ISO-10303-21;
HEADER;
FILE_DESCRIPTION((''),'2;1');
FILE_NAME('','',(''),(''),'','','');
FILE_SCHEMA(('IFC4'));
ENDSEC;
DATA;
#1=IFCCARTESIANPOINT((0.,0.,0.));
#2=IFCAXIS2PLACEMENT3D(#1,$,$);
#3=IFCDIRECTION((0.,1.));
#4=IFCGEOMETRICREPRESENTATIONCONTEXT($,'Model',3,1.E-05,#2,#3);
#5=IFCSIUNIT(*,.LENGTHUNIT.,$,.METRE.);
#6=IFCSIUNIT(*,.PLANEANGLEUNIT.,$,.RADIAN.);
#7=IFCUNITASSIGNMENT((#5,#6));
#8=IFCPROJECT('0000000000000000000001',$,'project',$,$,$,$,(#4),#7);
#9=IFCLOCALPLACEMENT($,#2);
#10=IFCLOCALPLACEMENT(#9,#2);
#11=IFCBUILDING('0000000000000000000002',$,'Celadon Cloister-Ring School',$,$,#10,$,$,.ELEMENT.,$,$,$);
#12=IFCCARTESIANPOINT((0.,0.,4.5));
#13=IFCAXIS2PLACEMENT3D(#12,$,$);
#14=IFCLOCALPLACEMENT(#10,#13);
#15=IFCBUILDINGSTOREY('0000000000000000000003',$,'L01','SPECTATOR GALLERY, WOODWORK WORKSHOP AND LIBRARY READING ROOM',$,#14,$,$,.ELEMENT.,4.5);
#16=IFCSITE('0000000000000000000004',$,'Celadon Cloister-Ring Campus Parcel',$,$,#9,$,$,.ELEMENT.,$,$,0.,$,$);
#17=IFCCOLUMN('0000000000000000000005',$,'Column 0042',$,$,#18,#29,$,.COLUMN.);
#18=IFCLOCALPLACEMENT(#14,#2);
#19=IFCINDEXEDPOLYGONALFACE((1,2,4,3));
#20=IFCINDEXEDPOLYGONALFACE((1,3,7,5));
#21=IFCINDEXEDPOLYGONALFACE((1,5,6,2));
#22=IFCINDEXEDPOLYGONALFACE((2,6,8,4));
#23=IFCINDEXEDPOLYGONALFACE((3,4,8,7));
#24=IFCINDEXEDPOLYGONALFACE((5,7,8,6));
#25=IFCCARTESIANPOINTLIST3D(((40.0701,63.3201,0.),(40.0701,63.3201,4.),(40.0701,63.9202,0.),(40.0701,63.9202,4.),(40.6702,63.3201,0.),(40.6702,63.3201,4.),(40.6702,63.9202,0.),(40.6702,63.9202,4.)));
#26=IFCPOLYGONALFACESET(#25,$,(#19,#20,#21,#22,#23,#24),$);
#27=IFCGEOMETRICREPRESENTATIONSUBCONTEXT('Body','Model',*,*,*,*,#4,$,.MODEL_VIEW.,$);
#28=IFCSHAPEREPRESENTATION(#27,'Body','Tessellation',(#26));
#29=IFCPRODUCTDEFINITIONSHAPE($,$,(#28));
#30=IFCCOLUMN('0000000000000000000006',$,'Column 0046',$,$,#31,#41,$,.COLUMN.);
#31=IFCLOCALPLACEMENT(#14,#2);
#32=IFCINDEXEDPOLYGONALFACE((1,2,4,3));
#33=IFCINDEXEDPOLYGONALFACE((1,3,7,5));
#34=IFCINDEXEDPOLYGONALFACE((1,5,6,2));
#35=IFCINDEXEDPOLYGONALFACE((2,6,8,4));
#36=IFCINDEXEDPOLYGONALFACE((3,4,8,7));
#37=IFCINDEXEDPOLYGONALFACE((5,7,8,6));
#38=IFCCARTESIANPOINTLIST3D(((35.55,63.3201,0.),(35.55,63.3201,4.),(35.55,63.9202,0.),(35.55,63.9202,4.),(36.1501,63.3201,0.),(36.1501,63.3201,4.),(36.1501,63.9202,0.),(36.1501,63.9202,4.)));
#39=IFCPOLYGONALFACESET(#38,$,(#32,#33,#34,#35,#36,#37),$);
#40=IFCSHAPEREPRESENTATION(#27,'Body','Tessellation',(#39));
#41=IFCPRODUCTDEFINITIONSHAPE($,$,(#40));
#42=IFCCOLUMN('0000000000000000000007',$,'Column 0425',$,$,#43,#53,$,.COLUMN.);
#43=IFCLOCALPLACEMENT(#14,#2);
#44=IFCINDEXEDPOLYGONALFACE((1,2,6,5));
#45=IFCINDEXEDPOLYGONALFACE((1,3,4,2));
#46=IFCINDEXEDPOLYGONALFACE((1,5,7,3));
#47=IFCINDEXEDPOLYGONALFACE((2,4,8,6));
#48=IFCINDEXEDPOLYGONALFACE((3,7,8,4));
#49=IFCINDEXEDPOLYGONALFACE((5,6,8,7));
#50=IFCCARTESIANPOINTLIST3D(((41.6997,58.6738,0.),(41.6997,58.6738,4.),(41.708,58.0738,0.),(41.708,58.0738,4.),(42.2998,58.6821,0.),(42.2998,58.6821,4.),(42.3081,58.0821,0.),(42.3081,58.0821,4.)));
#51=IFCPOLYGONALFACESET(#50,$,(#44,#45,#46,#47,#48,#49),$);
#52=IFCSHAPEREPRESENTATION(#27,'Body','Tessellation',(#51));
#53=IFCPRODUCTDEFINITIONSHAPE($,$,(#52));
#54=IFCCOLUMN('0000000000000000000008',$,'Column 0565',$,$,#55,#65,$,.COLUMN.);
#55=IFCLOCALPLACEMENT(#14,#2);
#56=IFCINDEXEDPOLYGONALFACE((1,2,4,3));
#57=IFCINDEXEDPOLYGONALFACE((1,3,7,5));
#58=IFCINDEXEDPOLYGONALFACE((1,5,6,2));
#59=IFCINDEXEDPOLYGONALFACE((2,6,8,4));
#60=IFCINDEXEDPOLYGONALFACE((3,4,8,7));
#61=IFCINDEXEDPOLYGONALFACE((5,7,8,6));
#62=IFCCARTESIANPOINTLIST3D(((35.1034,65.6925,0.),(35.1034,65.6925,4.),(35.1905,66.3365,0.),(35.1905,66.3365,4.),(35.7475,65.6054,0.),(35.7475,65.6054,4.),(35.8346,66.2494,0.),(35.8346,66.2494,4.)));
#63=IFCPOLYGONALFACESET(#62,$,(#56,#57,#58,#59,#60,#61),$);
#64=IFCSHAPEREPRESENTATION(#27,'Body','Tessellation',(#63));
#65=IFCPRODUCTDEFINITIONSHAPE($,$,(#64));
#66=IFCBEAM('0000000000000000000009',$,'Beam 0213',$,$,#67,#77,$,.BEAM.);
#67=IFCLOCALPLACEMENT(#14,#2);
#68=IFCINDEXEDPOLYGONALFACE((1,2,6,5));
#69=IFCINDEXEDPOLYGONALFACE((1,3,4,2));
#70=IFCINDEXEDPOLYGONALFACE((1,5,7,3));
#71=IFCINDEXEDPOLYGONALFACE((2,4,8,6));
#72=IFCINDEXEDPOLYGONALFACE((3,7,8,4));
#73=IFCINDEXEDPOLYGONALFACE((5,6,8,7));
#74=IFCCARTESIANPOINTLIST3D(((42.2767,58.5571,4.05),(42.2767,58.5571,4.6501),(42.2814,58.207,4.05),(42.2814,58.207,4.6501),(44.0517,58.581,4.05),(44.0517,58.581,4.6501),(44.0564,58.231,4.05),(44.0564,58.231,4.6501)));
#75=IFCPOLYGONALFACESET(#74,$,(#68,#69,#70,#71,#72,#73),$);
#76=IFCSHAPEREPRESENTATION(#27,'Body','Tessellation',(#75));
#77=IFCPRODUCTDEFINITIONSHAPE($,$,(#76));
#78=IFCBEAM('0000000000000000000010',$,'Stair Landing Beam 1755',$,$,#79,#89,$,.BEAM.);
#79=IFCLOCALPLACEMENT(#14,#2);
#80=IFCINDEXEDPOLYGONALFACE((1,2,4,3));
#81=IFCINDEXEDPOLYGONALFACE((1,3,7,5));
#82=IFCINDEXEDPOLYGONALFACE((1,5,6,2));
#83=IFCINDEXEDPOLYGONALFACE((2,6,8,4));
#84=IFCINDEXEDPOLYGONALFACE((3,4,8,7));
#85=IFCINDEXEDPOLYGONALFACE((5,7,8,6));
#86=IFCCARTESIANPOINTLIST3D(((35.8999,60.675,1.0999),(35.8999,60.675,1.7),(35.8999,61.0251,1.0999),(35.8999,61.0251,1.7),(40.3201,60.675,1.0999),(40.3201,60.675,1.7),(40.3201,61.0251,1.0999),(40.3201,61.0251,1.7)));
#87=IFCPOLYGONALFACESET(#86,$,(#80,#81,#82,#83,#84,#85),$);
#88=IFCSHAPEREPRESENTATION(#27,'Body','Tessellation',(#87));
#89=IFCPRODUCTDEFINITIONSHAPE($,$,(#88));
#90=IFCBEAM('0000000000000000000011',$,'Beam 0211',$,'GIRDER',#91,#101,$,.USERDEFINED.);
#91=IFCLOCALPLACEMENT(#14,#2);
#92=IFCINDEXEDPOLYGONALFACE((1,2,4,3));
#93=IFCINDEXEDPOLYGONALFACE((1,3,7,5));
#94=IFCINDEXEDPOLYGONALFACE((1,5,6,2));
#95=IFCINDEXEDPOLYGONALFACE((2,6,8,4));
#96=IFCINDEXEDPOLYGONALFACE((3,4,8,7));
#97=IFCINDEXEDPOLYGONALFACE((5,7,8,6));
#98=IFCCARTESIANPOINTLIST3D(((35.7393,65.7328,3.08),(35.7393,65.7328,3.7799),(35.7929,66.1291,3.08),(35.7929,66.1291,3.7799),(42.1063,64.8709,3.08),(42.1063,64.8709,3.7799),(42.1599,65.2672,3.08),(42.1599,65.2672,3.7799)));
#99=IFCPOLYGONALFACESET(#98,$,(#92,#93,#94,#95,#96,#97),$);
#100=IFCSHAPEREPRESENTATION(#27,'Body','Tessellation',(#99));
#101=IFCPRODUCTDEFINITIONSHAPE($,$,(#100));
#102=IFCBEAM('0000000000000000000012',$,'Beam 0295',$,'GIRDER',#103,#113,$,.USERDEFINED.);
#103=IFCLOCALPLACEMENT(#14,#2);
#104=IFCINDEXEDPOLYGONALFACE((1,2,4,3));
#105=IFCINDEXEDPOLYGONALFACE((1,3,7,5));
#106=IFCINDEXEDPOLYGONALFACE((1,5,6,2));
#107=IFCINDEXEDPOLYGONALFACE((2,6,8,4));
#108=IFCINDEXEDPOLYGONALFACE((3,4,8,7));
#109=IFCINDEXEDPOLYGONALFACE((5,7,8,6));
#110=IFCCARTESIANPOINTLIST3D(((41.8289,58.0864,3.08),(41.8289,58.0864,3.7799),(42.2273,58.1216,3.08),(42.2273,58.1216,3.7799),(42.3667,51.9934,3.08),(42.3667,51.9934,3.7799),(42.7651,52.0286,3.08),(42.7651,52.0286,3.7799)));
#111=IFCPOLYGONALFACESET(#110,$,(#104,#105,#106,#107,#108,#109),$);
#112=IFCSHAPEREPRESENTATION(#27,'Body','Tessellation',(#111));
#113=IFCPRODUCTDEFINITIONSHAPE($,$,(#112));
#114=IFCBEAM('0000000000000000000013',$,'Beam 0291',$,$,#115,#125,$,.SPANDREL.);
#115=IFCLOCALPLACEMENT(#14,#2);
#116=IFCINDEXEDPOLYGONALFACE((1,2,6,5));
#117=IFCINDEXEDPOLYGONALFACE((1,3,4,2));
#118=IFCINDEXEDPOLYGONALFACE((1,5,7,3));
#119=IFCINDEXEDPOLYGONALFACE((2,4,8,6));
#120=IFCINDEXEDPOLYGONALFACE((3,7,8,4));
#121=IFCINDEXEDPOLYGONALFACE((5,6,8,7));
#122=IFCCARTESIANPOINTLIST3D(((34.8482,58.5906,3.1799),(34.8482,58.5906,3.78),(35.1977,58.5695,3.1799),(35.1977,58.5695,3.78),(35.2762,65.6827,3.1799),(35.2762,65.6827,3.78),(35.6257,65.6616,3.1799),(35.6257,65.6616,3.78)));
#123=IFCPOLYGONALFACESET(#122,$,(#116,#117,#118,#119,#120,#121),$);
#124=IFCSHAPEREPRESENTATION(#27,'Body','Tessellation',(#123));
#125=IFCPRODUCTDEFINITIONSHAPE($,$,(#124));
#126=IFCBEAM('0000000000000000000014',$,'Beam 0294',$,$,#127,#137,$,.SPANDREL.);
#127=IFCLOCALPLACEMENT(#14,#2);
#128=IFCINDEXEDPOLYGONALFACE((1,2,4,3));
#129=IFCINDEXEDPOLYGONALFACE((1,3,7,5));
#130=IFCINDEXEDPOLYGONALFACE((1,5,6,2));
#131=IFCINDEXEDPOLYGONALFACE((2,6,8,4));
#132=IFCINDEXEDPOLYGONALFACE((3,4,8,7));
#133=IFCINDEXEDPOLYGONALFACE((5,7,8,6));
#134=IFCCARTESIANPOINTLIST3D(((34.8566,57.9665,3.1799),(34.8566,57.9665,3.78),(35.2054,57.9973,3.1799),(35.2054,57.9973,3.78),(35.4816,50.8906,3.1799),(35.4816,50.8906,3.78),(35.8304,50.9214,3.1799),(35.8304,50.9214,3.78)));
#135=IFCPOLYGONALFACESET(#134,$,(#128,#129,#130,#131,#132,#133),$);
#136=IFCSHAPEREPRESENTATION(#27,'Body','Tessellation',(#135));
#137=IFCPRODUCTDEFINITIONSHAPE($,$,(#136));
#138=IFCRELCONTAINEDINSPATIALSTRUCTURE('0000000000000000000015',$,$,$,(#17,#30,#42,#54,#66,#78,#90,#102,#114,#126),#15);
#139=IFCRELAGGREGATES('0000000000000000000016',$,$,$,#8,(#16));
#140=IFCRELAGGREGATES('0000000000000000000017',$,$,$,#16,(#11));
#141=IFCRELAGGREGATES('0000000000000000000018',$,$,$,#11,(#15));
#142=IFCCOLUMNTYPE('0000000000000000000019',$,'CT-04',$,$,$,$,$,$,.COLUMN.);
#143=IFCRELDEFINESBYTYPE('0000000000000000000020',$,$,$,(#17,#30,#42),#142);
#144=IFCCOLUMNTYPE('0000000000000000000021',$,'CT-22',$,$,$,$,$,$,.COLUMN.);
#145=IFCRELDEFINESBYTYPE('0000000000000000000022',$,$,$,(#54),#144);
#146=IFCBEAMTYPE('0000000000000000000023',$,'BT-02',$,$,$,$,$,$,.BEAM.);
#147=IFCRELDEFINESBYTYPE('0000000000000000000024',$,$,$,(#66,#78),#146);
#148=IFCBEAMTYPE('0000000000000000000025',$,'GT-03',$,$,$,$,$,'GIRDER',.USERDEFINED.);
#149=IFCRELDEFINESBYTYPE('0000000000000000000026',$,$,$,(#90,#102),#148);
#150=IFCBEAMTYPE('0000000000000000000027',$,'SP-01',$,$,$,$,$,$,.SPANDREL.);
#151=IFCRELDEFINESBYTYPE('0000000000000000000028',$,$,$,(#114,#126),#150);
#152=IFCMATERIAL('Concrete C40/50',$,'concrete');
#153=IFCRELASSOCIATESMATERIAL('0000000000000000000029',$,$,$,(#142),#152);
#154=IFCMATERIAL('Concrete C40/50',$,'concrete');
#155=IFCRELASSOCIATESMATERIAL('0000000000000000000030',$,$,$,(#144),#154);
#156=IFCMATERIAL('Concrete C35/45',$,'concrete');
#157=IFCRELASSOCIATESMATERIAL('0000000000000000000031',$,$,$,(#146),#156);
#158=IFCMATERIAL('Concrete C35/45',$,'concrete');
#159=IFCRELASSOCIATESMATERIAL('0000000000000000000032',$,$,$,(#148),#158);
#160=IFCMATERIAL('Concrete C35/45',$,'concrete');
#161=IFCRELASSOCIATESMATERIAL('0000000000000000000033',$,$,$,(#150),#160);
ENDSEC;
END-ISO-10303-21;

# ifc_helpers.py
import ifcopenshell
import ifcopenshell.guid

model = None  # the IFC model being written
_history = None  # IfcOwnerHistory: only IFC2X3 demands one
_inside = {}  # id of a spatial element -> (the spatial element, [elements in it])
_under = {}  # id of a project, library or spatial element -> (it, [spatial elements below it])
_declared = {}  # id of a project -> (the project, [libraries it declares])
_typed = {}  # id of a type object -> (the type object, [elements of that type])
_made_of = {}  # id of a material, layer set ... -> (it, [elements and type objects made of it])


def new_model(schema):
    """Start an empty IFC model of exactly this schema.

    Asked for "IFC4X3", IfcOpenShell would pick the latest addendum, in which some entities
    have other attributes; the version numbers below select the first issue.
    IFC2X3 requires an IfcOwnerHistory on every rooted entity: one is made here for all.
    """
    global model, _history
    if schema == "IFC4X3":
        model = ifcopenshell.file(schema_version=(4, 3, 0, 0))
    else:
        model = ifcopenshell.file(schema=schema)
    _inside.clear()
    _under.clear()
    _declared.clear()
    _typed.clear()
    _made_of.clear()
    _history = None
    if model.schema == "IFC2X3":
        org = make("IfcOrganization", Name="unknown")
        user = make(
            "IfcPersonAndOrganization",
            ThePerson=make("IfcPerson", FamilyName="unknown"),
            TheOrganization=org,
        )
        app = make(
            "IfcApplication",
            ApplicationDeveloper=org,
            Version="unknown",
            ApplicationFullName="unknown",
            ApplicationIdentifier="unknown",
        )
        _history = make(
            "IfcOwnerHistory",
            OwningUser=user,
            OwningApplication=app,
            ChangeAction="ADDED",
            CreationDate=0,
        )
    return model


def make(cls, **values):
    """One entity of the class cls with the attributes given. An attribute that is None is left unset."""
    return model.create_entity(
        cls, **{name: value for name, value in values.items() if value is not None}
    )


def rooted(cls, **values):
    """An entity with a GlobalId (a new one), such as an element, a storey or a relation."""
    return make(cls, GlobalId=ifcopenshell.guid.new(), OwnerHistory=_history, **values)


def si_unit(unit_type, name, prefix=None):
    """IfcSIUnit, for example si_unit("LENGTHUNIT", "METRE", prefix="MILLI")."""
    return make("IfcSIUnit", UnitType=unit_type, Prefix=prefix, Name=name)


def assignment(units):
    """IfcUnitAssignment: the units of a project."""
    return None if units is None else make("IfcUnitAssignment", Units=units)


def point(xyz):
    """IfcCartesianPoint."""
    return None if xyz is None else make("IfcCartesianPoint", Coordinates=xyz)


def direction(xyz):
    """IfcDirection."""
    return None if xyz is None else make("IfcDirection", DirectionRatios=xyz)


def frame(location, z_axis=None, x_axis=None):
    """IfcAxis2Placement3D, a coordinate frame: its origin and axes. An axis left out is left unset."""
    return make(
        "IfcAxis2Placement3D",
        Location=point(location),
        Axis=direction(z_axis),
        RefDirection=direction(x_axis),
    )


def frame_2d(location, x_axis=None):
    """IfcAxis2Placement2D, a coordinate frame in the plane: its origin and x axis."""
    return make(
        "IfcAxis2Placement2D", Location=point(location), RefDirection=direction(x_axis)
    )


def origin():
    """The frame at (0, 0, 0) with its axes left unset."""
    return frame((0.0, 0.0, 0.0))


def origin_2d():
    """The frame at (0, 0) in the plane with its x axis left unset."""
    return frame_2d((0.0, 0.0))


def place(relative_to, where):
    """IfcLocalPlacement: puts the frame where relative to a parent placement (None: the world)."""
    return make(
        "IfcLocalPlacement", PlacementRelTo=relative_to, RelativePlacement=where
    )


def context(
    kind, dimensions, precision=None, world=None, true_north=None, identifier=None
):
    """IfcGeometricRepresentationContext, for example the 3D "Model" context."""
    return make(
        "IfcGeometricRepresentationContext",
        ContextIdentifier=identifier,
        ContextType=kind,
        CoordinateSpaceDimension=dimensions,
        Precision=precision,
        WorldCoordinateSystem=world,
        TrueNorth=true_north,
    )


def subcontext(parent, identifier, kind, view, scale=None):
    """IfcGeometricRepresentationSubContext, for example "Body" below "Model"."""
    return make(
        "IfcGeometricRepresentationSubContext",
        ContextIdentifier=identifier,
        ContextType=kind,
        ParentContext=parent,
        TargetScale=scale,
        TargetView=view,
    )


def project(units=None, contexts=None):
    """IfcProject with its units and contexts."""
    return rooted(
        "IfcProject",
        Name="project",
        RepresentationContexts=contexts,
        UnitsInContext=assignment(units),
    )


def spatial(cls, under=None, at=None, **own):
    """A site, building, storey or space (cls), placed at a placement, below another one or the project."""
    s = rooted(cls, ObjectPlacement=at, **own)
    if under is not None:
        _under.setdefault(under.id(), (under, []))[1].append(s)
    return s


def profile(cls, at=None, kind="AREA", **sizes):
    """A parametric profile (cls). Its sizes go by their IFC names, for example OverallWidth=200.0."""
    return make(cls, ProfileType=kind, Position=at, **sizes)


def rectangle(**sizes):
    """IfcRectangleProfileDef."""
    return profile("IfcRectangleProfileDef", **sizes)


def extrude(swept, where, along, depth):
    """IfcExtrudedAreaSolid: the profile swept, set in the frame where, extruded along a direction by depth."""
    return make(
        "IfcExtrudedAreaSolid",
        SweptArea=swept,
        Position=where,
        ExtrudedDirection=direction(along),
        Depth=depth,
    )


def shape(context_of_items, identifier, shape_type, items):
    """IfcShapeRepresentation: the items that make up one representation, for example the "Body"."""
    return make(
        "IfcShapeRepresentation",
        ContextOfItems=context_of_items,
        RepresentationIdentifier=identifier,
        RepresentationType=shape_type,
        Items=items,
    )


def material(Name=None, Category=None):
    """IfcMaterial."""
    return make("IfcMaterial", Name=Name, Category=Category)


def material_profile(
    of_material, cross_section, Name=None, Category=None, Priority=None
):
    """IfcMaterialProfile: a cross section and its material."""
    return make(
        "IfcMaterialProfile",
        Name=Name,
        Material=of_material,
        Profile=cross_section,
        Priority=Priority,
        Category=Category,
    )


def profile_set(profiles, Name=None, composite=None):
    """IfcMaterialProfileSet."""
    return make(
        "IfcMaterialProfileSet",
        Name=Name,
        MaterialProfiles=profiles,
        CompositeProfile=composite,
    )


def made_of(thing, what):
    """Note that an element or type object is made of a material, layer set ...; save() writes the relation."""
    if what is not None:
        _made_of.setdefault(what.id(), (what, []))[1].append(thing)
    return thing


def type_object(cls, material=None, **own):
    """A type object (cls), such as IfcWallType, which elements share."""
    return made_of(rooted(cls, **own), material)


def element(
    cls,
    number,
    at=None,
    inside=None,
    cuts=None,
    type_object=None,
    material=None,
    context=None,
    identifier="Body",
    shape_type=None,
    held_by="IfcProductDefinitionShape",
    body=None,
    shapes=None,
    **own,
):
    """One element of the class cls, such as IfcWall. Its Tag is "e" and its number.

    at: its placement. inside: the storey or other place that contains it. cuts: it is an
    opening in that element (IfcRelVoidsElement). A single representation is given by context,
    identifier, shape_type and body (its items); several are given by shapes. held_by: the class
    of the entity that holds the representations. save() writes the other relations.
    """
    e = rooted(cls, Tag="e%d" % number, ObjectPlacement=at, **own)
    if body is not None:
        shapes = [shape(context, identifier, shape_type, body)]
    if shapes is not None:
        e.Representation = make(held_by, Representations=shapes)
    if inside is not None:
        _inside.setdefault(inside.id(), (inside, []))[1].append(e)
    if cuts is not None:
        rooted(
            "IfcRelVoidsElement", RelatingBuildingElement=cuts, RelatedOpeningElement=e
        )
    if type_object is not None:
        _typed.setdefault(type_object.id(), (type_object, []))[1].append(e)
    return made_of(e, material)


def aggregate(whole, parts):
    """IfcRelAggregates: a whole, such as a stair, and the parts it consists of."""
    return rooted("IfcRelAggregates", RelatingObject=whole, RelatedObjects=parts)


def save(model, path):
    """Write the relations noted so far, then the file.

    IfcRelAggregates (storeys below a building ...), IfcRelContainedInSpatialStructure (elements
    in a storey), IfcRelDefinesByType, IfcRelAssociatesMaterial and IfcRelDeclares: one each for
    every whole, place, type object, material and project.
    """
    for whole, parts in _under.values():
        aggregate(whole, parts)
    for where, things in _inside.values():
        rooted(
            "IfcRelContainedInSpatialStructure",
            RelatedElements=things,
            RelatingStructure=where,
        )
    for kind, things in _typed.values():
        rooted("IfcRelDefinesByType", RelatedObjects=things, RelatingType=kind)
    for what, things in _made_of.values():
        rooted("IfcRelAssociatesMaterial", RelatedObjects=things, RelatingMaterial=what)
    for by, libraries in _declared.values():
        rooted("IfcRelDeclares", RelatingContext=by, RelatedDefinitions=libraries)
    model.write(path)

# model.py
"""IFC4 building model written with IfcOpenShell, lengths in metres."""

from ifc_helpers import new_model, si_unit, direction, frame, origin, origin_2d, place, context, subcontext, project, spatial, rectangle, extrude, material, material_profile, profile_set, type_object, element, save


model = new_model("IFC4")

# Units and contexts
model_context = context("Model", 3, precision=1e-05, world=origin(), true_north=direction((0.0, 1.0)))
body_context = subcontext(model_context, "Body", "Model", "MODEL_VIEW")
ifc_project = project(units=[si_unit("LENGTHUNIT", "METRE"), si_unit("PLANEANGLEUNIT", "RADIAN")], contexts=[model_context])

# Site, building, storey
site_placement = place(None, origin())
site = spatial("IfcSite", under=ifc_project, at=site_placement, Name="Celadon Cloister-Ring Campus Parcel", CompositionType="ELEMENT", RefElevation=0.0)
building_placement = place(site_placement, origin())
building = spatial("IfcBuilding", under=site, at=building_placement, Name="Celadon Cloister-Ring School", CompositionType="ELEMENT")
storey_placement = place(building_placement, frame((0.0, 0.0, 4.5)))
storey = spatial("IfcBuildingStorey", under=building, at=storey_placement, Name="L01", Description="SPECTATOR GALLERY, WOODWORK WORKSHOP AND LIBRARY READING ROOM", CompositionType="ELEMENT", Elevation=4.5)

# Columns
ifc_material_1 = material(Name="Concrete C40/50", Category="concrete")
ifc_material_profile_1 = material_profile(ifc_material_1, rectangle(XDim=0.6001, YDim=0.6001, at=origin_2d()), Name="RC600X600")
ifc_profile_set_1 = profile_set([ifc_material_profile_1], Name="Concrete C40/50")
column_type_1 = type_object("IfcColumnType", Name="CT-04", PredefinedType="COLUMN", material=ifc_profile_set_1)
for number, where, z_axis, x_axis, name in (
    (1, (40.3701, 63.6201, 0.0), (0.0, 0.0, 1.0), (1.0, 0.0, 0.0), "Column 0042"),
    (2, (35.8501, 63.6201, 0.0), (0.0, 0.0, 1.0), (1.0, 0.0, 0.0), "Column 0046"),
    (3, (42.0039, 58.3779, 0.0), (0.0, 0.0, 1.0), (-0.999904, -0.013823, 0.0), "Column 0425"),
):
    element("IfcColumn", number, at=place(storey_placement, frame(where, z_axis=z_axis, x_axis=x_axis)), inside=storey, type_object=column_type_1, Name=name, PredefinedType="COLUMN", context=body_context, shape_type="SweptSolid", body=[
        extrude(rectangle(XDim=0.6001, YDim=0.6001, at=origin_2d()), origin(), (0.0, 0.0, 1.0), 4.0),
    ])
ifc_material_2 = material(Name="Concrete C40/50", Category="concrete")
ifc_material_profile_2 = material_profile(ifc_material_2, rectangle(XDim=0.6499, YDim=0.6499, at=origin_2d()), Name="RC650X650")
ifc_profile_set_2 = profile_set([ifc_material_profile_2], Name="Concrete C40/50")
column_type_2 = type_object("IfcColumnType", Name="CT-22", PredefinedType="COLUMN", material=ifc_profile_set_2)
column_placement = place(storey_placement, frame((35.469, 65.9709, 0.0), z_axis=(0.0, 0.0, 1.0), x_axis=(-0.990974, 0.134055, 0.0)))
element("IfcColumn", 4, at=column_placement, inside=storey, type_object=column_type_2, Name="Column 0565", PredefinedType="COLUMN", context=body_context, shape_type="SweptSolid", body=[
    extrude(rectangle(XDim=0.6499, YDim=0.6499, at=origin_2d()), origin(), (0.0, 0.0, 1.0), 4.0),
])

# Beams
ifc_material_3 = material(Name="Concrete C35/45", Category="concrete")
ifc_material_profile_3 = material_profile(ifc_material_3, rectangle(XDim=0.3501, YDim=0.6001, at=origin_2d()), Name="RC350X600")
ifc_profile_set_3 = profile_set([ifc_material_profile_3], Name="Concrete C35/45")
beam_type_1 = type_object("IfcBeamType", Name="BT-02", PredefinedType="BEAM", material=ifc_profile_set_3)
beam_1_placement = place(storey_placement, frame((42.2791, 58.3821, 4.3501), z_axis=(0.999909, 0.013479, 0.0), x_axis=(-0.013479, 0.999909, 0.0)))
element("IfcBeam", 5, at=beam_1_placement, inside=storey, type_object=beam_type_1, Name="Beam 0213", PredefinedType="BEAM", context=body_context, shape_type="SweptSolid", body=[
    extrude(rectangle(XDim=0.3501, YDim=0.6001, at=origin_2d()), origin(), (0.0, 0.0, 1.0), 1.7751),
])
beam_2_placement = place(storey_placement, frame((35.8999, 60.8501, 1.3999), z_axis=(1.0, 0.0, 0.0), x_axis=(0.0, 1.0, 0.0)))
element("IfcBeam", 6, at=beam_2_placement, inside=storey, type_object=beam_type_1, Name="Stair Landing Beam 1755", PredefinedType="BEAM", context=body_context, shape_type="SweptSolid", body=[
    extrude(rectangle(XDim=0.3501, YDim=0.6001, at=origin_2d()), origin(), (0.0, 0.0, 1.0), 4.4202),
])
ifc_material_4 = material(Name="Concrete C35/45", Category="concrete")
ifc_material_profile_4 = material_profile(ifc_material_4, rectangle(XDim=0.3999, YDim=0.7, at=origin_2d()), Name="RC400X700")
ifc_profile_set_4 = profile_set([ifc_material_profile_4], Name="Concrete C35/45")
beam_type_2 = type_object("IfcBeamType", Name="GT-03", ElementType="GIRDER", PredefinedType="USERDEFINED", material=ifc_profile_set_4)
beam_3_placement = place(storey_placement, frame((35.7661, 65.9309, 3.4299), z_axis=(0.990963, -0.134135, 0.0), x_axis=(0.134135, 0.990963, 0.0)))
element("IfcBeam", 7, at=beam_3_placement, inside=storey, type_object=beam_type_2, Name="Beam 0211", ObjectType="GIRDER", PredefinedType="USERDEFINED", context=body_context, shape_type="SweptSolid", body=[
    extrude(rectangle(XDim=0.3999, YDim=0.7, at=origin_2d()), origin(), (0.0, 0.0, 1.0), 6.425),
])
beam_4_placement = place(storey_placement, frame((42.0281, 58.104, 3.4299), z_axis=(0.08793, -0.996127, 0.0), x_axis=(0.996127, 0.08793, 0.0)))
element("IfcBeam", 8, at=beam_4_placement, inside=storey, type_object=beam_type_2, Name="Beam 0295", ObjectType="GIRDER", PredefinedType="USERDEFINED", context=body_context, shape_type="SweptSolid", body=[
    extrude(rectangle(XDim=0.3999, YDim=0.7, at=origin_2d()), origin(), (0.0, 0.0, 1.0), 6.1167),
])
ifc_material_5 = material(Name="Concrete C35/45", Category="concrete")
ifc_material_profile_5 = material_profile(ifc_material_5, rectangle(XDim=0.3501, YDim=0.6001, at=origin_2d()), Name="RC350X600")
ifc_profile_set_5 = profile_set([ifc_material_profile_5], Name="Concrete C35/45")
beam_type_3 = type_object("IfcBeamType", Name="SP-01", PredefinedType="SPANDREL", material=ifc_profile_set_5)
beam_5_placement = place(storey_placement, frame((35.4509, 65.6721, 3.48), z_axis=(-0.060237, -0.998184, 0.0), x_axis=(0.998184, -0.060237, 0.0)))
element("IfcBeam", 9, at=beam_5_placement, inside=storey, type_object=beam_type_3, Name="Beam 0291", PredefinedType="SPANDREL", context=body_context, shape_type="SweptSolid", body=[
    extrude(rectangle(XDim=0.3501, YDim=0.6001, at=origin_2d()), origin(), (0.0, 0.0, 1.0), 7.105),
])
beam_6_placement = place(storey_placement, frame((35.031, 57.9819, 3.48), z_axis=(0.087985, -0.996122, 0.0), x_axis=(0.996122, 0.087985, 0.0)))
element("IfcBeam", 10, at=beam_6_placement, inside=storey, type_object=beam_type_3, Name="Beam 0294", PredefinedType="SPANDREL", context=body_context, shape_type="SweptSolid", body=[
    extrude(rectangle(XDim=0.3501, YDim=0.6001, at=origin_2d()), origin(), (0.0, 0.0, 1.0), 7.1035),
])

save(model, "model.ifc")
